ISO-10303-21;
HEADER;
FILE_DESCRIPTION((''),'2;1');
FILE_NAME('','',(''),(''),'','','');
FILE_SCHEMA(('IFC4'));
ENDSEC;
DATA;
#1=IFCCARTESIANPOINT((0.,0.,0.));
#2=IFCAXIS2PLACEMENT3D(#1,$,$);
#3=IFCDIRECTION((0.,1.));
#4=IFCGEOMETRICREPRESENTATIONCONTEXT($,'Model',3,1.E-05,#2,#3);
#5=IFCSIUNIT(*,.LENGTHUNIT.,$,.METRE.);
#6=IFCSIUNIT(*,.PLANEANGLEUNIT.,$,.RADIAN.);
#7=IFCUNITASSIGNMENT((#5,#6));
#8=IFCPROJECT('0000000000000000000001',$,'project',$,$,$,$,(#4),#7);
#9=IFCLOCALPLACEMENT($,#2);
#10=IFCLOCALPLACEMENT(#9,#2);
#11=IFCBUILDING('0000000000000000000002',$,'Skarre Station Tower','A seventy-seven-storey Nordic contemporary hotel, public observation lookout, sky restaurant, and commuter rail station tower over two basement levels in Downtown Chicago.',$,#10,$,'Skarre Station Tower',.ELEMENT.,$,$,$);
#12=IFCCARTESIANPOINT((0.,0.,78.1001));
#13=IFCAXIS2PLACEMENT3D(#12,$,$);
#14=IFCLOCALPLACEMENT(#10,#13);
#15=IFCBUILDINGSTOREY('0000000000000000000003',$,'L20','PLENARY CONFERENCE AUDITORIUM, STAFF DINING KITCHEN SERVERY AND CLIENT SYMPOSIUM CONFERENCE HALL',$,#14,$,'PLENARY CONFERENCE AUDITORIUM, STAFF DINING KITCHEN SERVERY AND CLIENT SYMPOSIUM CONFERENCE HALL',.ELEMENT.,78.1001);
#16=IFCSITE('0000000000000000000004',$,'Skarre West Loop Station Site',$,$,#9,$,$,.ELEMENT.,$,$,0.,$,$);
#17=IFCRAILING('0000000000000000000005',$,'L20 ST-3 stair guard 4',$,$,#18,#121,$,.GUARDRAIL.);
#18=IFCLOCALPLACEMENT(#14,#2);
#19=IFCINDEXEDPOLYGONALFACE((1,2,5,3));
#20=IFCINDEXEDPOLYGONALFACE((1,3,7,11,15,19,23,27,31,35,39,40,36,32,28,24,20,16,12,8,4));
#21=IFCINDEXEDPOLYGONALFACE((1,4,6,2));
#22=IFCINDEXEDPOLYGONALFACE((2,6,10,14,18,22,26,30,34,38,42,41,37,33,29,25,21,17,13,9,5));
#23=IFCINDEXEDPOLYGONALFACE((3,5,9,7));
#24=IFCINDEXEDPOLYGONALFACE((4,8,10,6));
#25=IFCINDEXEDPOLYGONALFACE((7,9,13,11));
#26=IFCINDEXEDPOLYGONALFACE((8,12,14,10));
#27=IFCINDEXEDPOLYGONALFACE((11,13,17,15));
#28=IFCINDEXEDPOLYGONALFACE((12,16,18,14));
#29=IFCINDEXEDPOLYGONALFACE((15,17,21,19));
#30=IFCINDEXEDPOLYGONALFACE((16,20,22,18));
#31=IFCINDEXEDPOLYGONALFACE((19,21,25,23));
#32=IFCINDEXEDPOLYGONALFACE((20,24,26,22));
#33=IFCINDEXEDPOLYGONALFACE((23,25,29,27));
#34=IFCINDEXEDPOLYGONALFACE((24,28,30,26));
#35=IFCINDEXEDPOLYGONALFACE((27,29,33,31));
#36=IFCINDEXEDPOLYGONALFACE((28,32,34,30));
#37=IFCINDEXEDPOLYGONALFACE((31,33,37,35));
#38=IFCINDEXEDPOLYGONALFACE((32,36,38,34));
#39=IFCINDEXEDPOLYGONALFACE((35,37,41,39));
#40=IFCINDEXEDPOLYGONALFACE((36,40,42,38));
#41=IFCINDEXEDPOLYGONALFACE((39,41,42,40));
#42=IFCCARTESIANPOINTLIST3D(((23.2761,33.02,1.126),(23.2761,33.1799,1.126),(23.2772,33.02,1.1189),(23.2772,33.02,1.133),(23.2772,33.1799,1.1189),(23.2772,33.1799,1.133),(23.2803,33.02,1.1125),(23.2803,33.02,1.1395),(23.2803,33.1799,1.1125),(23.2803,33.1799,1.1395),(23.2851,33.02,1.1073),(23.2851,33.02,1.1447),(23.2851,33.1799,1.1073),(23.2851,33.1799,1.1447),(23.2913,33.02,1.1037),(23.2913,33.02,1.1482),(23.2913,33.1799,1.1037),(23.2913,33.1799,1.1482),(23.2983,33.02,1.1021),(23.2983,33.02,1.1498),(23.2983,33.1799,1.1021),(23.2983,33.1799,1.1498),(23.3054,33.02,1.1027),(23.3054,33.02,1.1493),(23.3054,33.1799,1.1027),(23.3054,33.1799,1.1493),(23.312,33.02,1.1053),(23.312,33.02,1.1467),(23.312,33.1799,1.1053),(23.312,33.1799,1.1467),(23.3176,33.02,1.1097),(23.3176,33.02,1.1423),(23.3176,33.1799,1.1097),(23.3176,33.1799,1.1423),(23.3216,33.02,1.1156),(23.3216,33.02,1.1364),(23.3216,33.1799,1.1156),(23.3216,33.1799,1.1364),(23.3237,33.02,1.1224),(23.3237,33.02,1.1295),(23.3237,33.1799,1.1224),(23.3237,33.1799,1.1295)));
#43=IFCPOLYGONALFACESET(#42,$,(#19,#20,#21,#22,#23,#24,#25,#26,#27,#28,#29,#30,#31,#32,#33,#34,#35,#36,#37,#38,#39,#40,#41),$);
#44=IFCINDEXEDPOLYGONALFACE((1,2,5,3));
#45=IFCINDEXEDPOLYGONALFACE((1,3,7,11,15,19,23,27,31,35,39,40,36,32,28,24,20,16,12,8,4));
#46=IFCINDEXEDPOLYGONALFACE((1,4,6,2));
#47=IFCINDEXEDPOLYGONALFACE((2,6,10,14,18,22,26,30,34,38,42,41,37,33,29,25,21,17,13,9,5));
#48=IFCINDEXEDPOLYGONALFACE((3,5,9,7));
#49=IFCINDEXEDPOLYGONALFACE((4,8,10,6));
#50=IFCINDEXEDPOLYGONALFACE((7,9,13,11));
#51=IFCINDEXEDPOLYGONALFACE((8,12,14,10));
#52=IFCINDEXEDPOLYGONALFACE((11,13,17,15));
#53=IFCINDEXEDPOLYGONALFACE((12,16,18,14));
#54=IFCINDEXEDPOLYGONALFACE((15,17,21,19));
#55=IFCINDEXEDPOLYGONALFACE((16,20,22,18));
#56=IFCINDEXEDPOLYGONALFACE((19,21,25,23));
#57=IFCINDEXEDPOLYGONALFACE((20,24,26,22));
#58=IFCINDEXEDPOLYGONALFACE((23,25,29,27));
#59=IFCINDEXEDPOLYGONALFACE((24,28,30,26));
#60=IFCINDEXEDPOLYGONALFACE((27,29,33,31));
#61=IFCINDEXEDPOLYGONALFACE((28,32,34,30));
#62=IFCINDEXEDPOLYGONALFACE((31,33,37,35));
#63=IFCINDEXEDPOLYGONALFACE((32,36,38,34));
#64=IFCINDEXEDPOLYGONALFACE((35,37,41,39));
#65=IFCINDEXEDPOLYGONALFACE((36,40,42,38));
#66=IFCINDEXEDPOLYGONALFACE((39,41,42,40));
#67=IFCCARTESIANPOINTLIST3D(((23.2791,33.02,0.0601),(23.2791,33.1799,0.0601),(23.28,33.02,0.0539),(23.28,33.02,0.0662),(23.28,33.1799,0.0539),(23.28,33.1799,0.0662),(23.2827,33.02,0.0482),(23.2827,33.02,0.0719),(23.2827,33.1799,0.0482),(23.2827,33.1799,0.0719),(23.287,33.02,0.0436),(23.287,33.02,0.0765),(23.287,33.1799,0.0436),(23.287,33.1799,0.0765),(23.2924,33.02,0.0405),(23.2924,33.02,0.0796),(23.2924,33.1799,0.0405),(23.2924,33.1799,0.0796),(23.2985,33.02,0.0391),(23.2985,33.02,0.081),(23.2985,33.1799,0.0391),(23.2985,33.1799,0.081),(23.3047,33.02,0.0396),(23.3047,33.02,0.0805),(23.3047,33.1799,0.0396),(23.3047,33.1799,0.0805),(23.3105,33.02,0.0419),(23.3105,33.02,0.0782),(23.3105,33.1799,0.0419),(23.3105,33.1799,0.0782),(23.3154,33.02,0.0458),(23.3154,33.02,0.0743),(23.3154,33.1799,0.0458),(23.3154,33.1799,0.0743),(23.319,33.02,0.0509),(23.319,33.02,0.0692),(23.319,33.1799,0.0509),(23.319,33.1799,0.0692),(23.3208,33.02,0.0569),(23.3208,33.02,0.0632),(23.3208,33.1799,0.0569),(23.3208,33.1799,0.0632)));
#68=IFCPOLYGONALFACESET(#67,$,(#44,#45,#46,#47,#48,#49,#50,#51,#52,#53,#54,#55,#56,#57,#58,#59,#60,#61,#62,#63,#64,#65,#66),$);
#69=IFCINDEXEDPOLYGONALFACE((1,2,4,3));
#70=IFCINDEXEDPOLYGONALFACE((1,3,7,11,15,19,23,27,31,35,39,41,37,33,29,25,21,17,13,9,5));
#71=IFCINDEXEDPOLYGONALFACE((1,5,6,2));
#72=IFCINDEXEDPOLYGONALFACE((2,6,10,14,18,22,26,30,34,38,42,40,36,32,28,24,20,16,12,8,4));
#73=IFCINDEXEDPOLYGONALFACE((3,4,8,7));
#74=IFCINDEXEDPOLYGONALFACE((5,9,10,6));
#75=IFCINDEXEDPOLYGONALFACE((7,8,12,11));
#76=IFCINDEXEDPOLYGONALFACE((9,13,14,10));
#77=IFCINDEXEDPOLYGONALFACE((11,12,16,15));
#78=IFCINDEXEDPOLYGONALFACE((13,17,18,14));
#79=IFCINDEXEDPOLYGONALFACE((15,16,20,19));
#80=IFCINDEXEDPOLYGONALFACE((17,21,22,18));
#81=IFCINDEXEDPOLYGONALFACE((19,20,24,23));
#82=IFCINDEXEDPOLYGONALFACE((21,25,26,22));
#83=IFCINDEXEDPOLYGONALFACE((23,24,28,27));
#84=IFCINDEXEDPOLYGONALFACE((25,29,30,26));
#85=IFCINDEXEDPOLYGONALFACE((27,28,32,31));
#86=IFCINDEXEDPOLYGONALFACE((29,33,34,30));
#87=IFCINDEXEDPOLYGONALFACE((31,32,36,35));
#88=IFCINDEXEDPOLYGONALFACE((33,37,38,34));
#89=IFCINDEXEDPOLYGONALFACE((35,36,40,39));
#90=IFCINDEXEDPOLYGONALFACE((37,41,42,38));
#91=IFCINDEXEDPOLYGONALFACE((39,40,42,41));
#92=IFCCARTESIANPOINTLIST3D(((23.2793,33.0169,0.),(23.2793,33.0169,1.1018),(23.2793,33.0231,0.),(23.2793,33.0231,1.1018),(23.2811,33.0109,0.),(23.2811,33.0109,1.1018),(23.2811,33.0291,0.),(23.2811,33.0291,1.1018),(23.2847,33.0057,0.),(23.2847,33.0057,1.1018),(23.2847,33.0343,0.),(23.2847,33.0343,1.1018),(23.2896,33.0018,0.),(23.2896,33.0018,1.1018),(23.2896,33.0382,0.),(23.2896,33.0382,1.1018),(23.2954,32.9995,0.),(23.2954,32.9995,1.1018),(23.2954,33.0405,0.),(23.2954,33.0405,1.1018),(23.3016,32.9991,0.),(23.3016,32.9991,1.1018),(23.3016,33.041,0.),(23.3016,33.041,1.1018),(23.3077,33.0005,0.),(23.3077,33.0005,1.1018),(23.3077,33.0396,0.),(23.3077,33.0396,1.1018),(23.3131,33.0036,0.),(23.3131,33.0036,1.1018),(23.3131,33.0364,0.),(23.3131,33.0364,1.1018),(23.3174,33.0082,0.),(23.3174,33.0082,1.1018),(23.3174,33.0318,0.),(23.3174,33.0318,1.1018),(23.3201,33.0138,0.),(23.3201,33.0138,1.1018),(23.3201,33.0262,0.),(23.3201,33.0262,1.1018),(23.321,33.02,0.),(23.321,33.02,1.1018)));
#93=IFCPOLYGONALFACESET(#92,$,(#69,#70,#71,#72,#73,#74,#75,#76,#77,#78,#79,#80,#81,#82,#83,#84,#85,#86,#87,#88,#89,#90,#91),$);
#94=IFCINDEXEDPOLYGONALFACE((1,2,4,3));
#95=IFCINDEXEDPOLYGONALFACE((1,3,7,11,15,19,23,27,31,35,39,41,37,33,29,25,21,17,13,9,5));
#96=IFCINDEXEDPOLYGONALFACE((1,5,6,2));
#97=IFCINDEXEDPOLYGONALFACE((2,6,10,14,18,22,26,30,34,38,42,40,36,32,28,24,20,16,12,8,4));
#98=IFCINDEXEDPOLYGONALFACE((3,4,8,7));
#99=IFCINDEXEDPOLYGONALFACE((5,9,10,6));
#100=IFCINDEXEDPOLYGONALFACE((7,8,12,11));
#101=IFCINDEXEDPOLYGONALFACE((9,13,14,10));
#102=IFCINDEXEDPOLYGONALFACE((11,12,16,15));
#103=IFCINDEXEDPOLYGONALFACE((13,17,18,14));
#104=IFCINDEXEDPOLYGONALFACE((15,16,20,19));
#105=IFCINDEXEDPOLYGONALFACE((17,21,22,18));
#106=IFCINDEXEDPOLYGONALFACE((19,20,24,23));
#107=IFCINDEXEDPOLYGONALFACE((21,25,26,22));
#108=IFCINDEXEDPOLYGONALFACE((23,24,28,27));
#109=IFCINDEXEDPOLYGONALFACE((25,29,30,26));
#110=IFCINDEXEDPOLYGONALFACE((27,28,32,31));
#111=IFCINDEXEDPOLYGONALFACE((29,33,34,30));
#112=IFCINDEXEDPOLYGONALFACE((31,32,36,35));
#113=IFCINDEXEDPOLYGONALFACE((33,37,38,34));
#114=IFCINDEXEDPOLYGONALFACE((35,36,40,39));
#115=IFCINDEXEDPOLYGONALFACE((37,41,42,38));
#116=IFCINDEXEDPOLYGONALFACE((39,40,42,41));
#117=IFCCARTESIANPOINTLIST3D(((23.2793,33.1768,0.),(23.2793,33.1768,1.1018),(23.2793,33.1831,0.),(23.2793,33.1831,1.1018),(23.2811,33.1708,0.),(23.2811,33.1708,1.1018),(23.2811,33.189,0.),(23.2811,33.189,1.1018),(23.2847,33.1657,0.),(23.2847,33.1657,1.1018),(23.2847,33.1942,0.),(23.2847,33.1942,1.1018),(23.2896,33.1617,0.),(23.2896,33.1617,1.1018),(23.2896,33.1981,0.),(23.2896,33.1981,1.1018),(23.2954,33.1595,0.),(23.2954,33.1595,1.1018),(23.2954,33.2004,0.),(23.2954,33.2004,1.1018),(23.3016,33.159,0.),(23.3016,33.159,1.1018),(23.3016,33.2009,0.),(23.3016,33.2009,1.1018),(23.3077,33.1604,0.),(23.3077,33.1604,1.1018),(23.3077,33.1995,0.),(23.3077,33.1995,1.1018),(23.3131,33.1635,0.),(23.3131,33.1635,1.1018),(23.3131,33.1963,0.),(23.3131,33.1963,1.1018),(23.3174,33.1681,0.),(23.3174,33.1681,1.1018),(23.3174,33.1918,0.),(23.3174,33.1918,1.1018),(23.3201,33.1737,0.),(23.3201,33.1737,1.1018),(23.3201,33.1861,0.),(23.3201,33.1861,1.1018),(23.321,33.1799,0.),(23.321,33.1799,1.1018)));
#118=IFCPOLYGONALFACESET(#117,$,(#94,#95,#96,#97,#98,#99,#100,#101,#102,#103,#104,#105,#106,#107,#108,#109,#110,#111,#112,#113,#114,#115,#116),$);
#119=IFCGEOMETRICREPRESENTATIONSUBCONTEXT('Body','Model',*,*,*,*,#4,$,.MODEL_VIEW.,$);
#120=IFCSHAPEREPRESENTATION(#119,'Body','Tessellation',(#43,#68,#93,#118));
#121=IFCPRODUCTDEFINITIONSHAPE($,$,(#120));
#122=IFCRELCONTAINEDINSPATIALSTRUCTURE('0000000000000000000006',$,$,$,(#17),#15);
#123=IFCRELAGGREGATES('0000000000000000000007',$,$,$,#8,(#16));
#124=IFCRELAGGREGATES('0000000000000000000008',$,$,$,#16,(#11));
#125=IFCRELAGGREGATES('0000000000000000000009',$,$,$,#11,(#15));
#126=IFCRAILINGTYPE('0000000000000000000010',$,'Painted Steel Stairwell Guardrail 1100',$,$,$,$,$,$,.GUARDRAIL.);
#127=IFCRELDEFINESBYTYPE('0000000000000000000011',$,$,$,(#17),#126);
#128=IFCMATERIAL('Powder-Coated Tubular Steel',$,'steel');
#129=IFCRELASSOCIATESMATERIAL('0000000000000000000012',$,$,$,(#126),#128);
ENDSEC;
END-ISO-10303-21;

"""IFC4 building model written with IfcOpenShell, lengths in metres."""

from ifc_helpers import new_model, si_unit, direction, frame, origin, origin_2d, place, context, subcontext, project, spatial, circle, extrude, material, type_object, element, save


model = new_model("IFC4")

# Units and contexts
model_context = context("Model", 3, precision=1e-05, world=origin(), true_north=direction((0.0, 1.0)))
body_context = subcontext(model_context, "Body", "Model", "MODEL_VIEW")
ifc_project = project(units=[si_unit("LENGTHUNIT", "METRE"), si_unit("PLANEANGLEUNIT", "RADIAN")], contexts=[model_context])

# Site, building, storey
site_placement = place(None, origin())
site = spatial("IfcSite", under=ifc_project, at=site_placement, Name="Skarre West Loop Station Site", CompositionType="ELEMENT", RefElevation=0.0)
building_placement = place(site_placement, origin())
building = spatial("IfcBuilding", under=site, at=building_placement, Name="Skarre Station Tower", Description="A seventy-seven-storey Nordic contemporary hotel, public observation lookout, sky restaurant, and commuter rail station tower over two basement levels in Downtown Chicago.", LongName="Skarre Station Tower", CompositionType="ELEMENT")
storey_placement = place(building_placement, frame((0.0, 0.0, 78.1001)))
storey = spatial("IfcBuildingStorey", under=building, at=storey_placement, Name="L20", Description="PLENARY CONFERENCE AUDITORIUM, STAFF DINING KITCHEN SERVERY AND CLIENT SYMPOSIUM CONFERENCE HALL", LongName="PLENARY CONFERENCE AUDITORIUM, STAFF DINING KITCHEN SERVERY AND CLIENT SYMPOSIUM CONFERENCE HALL", CompositionType="ELEMENT", Elevation=78.1001)

# Railing
ifc_material_1 = material(Name="Powder-Coated Tubular Steel", Category="steel")
railing_type_1 = type_object("IfcRailingType", Name="Painted Steel Stairwell Guardrail 1100", PredefinedType="GUARDRAIL", material=ifc_material_1)
railing_1_placement = place(storey_placement, frame((23.3, 33.02, 0.0)))
element("IfcRailing", 1, at=railing_1_placement, inside=storey, type_object=railing_type_1, Name="L20 ST-3 stair guard 4", PredefinedType="GUARDRAIL", context=body_context, shape_type="SweptSolid", body=[
    extrude(circle(Radius=0.0239, at=origin_2d()), frame((0.0, 0.0, 1.126), z_axis=(0.0, 1.0, 0.0), x_axis=(-1.0, 0.0, 0.0)), (0.0, 0.0, 1.0), 0.1599),
    extrude(circle(Radius=0.021, at=origin_2d()), frame((0.0, 0.0, 0.0601), z_axis=(0.0, 1.0, 0.0), x_axis=(-1.0, 0.0, 0.0)), (0.0, 0.0, 1.0), 0.1599),
    extrude(circle(Radius=0.021, at=origin_2d()), origin(), (0.0, 0.0, 1.0), 1.1018),
    extrude(circle(Radius=0.021, at=origin_2d()), frame((0.0, 0.1599, 0.0)), (0.0, 0.0, 1.0), 1.1018),
])

save(model, "model.ifc")
